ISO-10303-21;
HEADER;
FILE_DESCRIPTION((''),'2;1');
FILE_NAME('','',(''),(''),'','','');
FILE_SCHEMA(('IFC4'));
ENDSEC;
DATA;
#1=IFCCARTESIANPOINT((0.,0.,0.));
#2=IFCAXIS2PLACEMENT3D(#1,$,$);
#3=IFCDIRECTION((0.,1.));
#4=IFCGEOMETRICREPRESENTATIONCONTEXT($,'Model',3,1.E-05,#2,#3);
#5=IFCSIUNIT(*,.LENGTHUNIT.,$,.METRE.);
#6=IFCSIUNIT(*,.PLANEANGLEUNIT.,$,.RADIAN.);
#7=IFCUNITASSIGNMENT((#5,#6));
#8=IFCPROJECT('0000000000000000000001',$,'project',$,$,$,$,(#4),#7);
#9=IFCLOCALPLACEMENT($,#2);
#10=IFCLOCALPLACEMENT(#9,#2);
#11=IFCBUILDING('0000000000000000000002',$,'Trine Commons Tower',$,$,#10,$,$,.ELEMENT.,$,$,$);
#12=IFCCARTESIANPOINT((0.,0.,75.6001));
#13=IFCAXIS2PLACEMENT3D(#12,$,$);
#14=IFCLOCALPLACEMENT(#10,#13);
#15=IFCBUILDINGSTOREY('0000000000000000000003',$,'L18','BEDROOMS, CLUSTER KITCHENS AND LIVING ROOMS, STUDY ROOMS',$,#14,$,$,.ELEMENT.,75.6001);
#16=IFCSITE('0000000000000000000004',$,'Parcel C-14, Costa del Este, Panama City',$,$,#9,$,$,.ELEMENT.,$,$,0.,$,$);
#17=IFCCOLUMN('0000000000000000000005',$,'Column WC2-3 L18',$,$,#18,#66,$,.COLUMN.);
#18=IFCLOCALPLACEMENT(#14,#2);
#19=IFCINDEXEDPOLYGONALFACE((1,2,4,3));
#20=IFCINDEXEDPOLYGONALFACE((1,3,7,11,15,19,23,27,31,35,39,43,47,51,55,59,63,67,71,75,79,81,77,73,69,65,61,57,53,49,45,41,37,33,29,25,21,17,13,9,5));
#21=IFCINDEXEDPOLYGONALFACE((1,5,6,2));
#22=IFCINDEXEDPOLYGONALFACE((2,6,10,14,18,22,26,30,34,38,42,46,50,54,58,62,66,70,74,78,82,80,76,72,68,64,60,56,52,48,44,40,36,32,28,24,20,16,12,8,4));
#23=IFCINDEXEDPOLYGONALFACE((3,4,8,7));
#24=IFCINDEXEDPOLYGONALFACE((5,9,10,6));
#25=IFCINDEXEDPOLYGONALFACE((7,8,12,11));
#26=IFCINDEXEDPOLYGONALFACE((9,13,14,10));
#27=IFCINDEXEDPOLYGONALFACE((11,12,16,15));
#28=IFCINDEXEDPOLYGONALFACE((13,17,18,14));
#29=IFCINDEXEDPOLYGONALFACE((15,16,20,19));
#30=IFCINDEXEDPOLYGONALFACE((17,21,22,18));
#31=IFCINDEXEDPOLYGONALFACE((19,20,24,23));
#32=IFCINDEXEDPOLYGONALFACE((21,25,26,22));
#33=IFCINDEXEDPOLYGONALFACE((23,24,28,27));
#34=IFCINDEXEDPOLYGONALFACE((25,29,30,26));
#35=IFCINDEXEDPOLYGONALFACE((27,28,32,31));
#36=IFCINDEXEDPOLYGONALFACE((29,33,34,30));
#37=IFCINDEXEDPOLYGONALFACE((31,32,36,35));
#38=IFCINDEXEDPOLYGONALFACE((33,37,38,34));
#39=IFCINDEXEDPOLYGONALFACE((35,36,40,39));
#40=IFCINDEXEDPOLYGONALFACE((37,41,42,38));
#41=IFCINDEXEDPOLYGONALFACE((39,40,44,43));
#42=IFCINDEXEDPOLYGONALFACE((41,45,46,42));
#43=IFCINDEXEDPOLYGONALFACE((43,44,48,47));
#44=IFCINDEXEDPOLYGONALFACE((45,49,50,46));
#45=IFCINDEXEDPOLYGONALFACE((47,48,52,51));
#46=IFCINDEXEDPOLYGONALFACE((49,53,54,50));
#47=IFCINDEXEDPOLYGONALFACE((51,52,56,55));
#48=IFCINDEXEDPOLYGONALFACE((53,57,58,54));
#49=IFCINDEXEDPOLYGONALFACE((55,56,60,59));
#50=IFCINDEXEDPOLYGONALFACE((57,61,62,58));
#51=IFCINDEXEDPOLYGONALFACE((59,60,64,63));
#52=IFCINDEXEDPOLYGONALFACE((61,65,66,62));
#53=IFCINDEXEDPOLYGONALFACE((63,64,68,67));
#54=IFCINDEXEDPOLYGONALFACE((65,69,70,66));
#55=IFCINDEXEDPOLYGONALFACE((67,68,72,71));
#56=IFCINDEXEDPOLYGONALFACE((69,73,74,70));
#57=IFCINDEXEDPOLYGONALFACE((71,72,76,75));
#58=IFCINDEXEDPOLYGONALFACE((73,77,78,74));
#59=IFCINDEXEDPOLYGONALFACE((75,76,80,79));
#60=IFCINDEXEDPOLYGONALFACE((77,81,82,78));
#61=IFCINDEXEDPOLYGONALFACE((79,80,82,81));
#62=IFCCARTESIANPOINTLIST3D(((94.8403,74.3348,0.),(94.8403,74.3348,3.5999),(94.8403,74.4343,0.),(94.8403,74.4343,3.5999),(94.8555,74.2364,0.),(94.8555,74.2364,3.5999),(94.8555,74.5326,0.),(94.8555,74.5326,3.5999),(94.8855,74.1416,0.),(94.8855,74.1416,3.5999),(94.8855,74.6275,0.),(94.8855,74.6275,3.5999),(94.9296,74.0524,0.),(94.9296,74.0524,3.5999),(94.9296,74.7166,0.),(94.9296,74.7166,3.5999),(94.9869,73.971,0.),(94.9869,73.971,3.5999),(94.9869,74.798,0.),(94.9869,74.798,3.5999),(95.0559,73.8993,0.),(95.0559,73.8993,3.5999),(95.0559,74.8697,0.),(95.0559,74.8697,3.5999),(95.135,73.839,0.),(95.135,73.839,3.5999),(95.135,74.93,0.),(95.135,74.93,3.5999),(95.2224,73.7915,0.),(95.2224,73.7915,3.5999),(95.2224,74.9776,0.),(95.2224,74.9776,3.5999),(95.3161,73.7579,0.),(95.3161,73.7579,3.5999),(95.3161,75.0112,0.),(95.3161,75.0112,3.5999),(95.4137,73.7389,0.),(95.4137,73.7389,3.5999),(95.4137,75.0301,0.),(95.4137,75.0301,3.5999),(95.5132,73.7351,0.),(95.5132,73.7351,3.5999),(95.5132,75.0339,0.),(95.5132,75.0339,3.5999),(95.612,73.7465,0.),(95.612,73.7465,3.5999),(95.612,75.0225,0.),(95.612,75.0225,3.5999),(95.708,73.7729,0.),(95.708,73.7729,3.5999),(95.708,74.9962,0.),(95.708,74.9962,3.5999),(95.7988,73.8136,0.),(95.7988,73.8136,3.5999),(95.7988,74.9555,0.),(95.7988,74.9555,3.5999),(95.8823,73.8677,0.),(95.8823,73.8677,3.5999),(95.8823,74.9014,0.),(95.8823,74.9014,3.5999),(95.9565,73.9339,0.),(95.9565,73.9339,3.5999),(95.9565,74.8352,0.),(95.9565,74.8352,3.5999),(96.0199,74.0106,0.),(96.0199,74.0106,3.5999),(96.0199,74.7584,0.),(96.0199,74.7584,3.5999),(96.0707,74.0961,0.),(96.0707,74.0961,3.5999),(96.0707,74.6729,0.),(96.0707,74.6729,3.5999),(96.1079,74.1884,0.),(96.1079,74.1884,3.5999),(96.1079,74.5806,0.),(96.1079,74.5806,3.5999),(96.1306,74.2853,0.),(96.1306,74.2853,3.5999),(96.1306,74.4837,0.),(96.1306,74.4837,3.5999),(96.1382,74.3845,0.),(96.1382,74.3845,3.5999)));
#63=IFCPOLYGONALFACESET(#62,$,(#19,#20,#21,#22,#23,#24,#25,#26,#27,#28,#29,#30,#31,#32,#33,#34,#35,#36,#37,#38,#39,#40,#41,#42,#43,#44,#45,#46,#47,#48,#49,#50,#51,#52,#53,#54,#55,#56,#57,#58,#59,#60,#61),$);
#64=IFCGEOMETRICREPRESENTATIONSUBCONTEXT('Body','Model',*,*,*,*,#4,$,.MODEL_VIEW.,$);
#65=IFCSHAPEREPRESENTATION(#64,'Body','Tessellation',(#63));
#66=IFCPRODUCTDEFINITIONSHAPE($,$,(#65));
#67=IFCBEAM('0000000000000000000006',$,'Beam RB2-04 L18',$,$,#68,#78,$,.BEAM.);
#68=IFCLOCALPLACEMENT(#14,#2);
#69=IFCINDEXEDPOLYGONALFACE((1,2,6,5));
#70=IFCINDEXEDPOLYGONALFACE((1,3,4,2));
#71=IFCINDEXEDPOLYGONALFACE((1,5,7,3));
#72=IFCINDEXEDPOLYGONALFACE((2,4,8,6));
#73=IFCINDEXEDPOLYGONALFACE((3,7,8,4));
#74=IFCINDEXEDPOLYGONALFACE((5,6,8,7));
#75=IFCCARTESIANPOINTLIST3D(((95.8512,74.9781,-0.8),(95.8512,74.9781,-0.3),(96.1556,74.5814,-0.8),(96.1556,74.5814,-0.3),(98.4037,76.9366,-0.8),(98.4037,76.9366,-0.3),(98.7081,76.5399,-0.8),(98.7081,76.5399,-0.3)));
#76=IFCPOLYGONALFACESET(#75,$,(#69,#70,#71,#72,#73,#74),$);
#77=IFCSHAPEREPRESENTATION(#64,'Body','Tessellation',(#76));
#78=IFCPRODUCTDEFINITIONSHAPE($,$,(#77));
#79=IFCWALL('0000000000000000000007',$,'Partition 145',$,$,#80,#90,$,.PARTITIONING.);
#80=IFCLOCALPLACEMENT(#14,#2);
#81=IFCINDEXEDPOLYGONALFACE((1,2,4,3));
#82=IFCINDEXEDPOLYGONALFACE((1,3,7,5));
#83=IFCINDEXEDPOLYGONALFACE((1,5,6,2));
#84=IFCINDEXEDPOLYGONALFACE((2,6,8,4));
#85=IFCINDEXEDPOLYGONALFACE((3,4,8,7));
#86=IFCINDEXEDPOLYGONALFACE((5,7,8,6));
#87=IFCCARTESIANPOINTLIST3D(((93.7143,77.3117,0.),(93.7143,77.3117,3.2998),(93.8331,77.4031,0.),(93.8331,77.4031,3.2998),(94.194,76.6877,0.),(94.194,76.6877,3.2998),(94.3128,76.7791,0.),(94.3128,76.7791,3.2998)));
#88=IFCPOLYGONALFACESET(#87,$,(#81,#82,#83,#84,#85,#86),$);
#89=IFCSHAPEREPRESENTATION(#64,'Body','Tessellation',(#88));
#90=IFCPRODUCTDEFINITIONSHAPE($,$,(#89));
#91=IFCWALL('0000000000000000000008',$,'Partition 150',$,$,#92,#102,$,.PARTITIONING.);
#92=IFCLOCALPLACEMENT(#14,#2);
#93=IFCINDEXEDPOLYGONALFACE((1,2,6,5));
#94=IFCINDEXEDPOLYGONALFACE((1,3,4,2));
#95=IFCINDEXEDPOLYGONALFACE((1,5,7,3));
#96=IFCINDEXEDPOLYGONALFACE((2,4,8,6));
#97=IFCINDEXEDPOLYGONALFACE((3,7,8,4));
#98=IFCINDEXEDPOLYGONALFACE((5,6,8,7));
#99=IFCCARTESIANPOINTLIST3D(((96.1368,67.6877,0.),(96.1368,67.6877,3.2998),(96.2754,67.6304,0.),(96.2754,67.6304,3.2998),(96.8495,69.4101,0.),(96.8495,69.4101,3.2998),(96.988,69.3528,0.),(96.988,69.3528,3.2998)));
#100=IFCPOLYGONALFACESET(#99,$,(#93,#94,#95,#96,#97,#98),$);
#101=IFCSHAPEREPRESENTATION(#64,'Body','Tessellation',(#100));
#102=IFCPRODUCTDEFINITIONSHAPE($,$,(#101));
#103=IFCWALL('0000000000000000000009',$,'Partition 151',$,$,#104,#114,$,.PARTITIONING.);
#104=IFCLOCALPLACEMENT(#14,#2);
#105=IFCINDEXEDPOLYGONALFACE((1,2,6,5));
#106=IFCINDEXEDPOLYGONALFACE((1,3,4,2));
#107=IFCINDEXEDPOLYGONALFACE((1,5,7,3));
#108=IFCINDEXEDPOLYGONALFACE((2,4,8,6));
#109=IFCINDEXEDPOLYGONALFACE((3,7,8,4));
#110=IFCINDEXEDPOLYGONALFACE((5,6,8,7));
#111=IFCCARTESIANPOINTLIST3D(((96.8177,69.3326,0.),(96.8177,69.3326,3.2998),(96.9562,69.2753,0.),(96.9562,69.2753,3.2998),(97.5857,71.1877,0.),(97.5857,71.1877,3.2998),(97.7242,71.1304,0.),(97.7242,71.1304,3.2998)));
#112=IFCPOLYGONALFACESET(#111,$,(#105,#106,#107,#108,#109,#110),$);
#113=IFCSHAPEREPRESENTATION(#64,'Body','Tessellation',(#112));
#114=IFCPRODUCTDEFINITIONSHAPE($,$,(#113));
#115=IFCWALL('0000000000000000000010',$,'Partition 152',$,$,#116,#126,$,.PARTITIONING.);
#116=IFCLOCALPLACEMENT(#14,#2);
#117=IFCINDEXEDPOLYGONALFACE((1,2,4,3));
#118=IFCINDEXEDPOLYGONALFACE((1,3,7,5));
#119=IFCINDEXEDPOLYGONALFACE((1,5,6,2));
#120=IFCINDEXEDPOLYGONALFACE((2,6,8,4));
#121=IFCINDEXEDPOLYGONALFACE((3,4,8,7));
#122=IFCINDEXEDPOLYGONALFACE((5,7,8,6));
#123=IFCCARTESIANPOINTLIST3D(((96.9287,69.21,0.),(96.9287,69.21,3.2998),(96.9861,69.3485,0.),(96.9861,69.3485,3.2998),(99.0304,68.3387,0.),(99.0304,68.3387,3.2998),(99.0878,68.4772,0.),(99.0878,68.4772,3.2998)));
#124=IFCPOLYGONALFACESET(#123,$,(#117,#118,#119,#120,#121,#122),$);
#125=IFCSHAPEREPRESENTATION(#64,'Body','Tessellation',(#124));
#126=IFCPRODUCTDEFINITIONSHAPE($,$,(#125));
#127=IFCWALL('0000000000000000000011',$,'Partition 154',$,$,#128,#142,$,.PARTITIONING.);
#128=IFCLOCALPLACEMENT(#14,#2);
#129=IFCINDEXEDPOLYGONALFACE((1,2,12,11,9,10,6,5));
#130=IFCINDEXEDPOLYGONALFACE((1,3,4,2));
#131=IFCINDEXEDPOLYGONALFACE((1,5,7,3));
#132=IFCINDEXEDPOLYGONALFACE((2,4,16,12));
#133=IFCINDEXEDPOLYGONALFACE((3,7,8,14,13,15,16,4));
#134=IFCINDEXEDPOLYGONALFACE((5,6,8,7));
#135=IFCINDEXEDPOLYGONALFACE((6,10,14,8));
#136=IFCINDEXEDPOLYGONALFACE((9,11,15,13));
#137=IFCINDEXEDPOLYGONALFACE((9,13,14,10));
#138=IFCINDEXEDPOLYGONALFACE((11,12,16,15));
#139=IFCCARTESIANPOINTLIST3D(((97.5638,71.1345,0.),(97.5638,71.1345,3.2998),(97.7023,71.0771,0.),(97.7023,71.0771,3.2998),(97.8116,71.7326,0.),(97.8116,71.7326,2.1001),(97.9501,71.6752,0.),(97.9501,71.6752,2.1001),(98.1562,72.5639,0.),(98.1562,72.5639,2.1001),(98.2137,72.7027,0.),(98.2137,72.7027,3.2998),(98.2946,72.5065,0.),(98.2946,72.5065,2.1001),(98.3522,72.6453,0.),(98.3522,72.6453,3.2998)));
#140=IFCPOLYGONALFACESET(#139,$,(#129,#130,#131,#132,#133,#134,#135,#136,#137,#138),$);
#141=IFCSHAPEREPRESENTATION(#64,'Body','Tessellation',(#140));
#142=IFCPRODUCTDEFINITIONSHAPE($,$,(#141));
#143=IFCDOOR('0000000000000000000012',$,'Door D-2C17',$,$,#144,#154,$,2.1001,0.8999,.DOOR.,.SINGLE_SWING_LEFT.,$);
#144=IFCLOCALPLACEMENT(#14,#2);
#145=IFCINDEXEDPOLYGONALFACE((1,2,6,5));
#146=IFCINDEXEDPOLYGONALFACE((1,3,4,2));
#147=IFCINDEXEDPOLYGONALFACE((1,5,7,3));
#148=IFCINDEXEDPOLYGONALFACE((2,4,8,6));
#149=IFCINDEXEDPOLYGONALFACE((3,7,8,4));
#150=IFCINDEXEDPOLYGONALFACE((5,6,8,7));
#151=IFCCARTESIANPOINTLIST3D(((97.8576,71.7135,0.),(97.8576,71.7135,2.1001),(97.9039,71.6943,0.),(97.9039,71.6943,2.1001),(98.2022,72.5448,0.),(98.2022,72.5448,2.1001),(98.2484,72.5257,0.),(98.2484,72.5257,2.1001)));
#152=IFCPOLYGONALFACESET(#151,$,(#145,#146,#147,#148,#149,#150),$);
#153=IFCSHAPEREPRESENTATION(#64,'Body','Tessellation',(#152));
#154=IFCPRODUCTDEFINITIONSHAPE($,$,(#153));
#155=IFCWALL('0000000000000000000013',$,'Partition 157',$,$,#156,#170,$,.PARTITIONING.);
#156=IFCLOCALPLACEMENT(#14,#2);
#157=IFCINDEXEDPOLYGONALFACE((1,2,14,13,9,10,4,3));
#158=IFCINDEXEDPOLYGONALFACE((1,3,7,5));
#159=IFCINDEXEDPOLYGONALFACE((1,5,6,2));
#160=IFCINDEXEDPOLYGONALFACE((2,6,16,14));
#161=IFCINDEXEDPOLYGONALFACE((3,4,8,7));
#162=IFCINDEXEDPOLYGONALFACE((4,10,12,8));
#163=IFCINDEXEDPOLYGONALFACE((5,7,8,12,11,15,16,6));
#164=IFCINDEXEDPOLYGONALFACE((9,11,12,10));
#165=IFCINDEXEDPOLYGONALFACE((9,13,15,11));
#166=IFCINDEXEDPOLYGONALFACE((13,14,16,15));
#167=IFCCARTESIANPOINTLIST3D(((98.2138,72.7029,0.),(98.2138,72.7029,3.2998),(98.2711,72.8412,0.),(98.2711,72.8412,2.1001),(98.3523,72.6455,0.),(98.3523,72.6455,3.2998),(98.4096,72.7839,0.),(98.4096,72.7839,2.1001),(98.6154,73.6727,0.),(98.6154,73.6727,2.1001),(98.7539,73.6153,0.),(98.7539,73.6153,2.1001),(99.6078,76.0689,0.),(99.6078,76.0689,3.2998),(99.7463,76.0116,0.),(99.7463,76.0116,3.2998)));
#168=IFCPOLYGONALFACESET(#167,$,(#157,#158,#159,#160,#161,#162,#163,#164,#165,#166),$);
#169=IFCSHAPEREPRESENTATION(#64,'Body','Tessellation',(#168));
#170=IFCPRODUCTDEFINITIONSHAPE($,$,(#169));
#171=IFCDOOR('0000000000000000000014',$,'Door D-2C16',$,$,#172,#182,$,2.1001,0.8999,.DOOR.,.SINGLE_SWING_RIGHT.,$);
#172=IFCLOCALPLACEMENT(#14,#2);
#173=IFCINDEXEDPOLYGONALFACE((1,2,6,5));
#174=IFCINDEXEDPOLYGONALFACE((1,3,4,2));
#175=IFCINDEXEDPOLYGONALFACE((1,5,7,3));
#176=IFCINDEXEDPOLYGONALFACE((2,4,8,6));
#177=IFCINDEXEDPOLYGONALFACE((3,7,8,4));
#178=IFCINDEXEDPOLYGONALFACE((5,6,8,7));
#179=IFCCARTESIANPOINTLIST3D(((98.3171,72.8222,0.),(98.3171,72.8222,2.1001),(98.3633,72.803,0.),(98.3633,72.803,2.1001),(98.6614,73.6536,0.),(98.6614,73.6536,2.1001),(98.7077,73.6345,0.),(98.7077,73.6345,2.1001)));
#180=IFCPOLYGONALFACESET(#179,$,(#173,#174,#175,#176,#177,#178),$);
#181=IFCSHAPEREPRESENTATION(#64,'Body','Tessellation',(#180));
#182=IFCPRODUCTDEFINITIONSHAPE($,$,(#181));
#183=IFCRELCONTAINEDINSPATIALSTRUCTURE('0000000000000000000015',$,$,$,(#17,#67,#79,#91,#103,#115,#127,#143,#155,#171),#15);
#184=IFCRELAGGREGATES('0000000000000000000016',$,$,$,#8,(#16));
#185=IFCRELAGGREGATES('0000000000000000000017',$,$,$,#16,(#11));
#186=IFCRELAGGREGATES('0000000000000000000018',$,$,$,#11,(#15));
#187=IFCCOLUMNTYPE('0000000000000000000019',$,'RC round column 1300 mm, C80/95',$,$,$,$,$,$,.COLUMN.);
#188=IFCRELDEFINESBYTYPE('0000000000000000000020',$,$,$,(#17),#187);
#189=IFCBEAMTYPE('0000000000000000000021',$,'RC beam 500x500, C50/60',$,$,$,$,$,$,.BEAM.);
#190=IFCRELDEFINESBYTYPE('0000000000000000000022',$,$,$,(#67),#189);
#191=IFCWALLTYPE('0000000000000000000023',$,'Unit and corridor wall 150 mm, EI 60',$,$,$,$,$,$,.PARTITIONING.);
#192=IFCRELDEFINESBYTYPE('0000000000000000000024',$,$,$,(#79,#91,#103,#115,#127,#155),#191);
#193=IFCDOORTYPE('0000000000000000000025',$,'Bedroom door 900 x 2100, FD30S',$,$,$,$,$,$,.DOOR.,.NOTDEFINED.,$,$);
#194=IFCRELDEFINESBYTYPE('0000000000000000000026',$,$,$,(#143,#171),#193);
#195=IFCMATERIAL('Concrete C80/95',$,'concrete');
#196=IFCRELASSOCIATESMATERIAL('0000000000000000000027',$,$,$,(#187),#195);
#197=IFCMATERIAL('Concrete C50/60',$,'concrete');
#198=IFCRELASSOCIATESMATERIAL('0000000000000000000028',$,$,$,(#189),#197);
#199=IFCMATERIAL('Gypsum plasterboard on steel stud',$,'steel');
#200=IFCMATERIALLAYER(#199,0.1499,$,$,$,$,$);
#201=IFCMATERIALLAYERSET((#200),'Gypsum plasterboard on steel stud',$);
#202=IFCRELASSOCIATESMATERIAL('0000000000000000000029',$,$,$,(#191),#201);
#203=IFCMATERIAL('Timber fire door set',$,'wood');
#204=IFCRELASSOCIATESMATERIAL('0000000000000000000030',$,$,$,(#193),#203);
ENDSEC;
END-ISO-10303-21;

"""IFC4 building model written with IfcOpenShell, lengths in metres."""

from ifc_helpers import new_model, si_unit, direction, frame, frame_2d, origin, origin_2d, place, context, subcontext, project, spatial, rectangle, circle, extrude, material, layer, layer_set, material_profile, profile_set, type_object, element, fill, save


model = new_model("IFC4")

# Units and contexts
model_context = context("Model", 3, precision=1e-05, world=origin(), true_north=direction((0.0, 1.0)))
body_context = subcontext(model_context, "Body", "Model", "MODEL_VIEW")
ifc_project = project(units=[si_unit("LENGTHUNIT", "METRE"), si_unit("PLANEANGLEUNIT", "RADIAN")], contexts=[model_context])

# Site, building, storey
site_placement = place(None, origin())
site = spatial("IfcSite", under=ifc_project, at=site_placement, Name="Parcel C-14, Costa del Este, Panama City", CompositionType="ELEMENT", RefElevation=0.0)
building_placement = place(site_placement, origin())
building = spatial("IfcBuilding", under=site, at=building_placement, Name="Trine Commons Tower", CompositionType="ELEMENT")
storey_placement = place(building_placement, frame((0.0, 0.0, 75.6001)))
storey = spatial("IfcBuildingStorey", under=building, at=storey_placement, Name="L18", Description="BEDROOMS, CLUSTER KITCHENS AND LIVING ROOMS, STUDY ROOMS", CompositionType="ELEMENT", Elevation=75.6001)

# Column
ifc_material_1 = material(Name="Concrete C80/95", Category="concrete")
ifc_material_profile_1 = material_profile(ifc_material_1, circle(Radius=0.6499, at=origin_2d()), Name="RC round 1300")
ifc_profile_set_1 = profile_set([ifc_material_profile_1], Name="Concrete C80/95")
column_type = type_object("IfcColumnType", Name="RC round column 1300 mm, C80/95", PredefinedType="COLUMN", material=ifc_profile_set_1)
column_placement = place(storey_placement, frame((95.4883, 74.3845, 0.0), z_axis=(0.0, 0.0, 1.0), x_axis=(1.0, 0.0, 0.0)))
element("IfcColumn", 1, at=column_placement, inside=storey, type_object=column_type, Name="Column WC2-3 L18", PredefinedType="COLUMN", context=body_context, shape_type="SweptSolid", body=[
    extrude(circle(Radius=0.6499, at=origin_2d()), origin(), (0.0, 0.0, 1.0), 3.5999),
])

# Beam
ifc_material_2 = material(Name="Concrete C50/60", Category="concrete")
ifc_material_profile_2 = material_profile(ifc_material_2, rectangle(XDim=0.5, YDim=0.5, at=origin_2d()), Name="RC 500x500")
ifc_profile_set_2 = profile_set([ifc_material_profile_2], Name="Concrete C50/60")
beam_type = type_object("IfcBeamType", Name="RC beam 500x500, C50/60", PredefinedType="BEAM", material=ifc_profile_set_2)
beam_placement = place(storey_placement, frame((96.0034, 74.7798, -0.55), z_axis=(0.793368, 0.608742, 0.0), x_axis=(-0.608742, 0.793368, 0.0)))
element("IfcBeam", 2, at=beam_placement, inside=storey, type_object=beam_type, Name="Beam RB2-04 L18", PredefinedType="BEAM", context=body_context, shape_type="SweptSolid", body=[
    extrude(rectangle(XDim=0.5, YDim=0.5, at=origin_2d()), origin(), (0.0, 0.0, 1.0), 3.2173),
])

# Walls
ifc_material_3 = material(Name="Gypsum plasterboard on steel stud", Category="steel")
ifc_layer_1 = layer(ifc_material_3, 0.1499)
ifc_layer_set_1 = layer_set([ifc_layer_1], Name="Gypsum plasterboard on steel stud")
wall_type_1 = type_object("IfcWallType", Name="Unit and corridor wall 150 mm, EI 60", PredefinedType="PARTITIONING", material=ifc_layer_set_1)
wall_1_placement = place(storey_placement, frame((93.7737, 77.3574, 0.0), z_axis=(0.0, 0.0, 1.0), x_axis=(0.609486, -0.792797, 0.0)))
element("IfcWall", 3, at=wall_1_placement, inside=storey, type_object=wall_type_1, Name="Partition 145", PredefinedType="PARTITIONING", context=body_context, shape_type="SweptSolid", body=[
    extrude(rectangle(XDim=0.7871, YDim=0.1499, at=frame_2d((0.3936, 0.0))), origin(), (0.0, 0.0, 1.0), 3.2998),
])
wall_2_placement = place(storey_placement, frame((96.2061, 67.6589, 0.0), z_axis=(0.0, 0.0, 1.0), x_axis=(0.382317, 0.924031, 0.0)))
element("IfcWall", 4, at=wall_2_placement, inside=storey, type_object=wall_type_1, Name="Partition 150", PredefinedType="PARTITIONING", context=body_context, shape_type="SweptSolid", body=[
    extrude(rectangle(XDim=1.864, YDim=0.1499, at=frame_2d((0.9321, 0.0))), origin(), (0.0, 0.0, 1.0), 3.2998),
])
wall_3_placement = place(storey_placement, frame((96.887, 69.304, 0.0), z_axis=(0.0, 0.0, 1.0), x_axis=(0.382516, 0.923949, 0.0)))
element("IfcWall", 5, at=wall_3_placement, inside=storey, type_object=wall_type_1, Name="Partition 151", PredefinedType="PARTITIONING", context=body_context, shape_type="SweptSolid", body=[
    extrude(rectangle(XDim=2.0078, YDim=0.1499, at=frame_2d((1.0039, 0.0))), origin(), (0.0, 0.0, 1.0), 3.2998),
])
wall_4_placement = place(storey_placement, frame((96.9573, 69.2793, 0.0), z_axis=(0.0, 0.0, 1.0), x_axis=(0.923764, -0.382961, 0.0)))
element("IfcWall", 6, at=wall_4_placement, inside=storey, type_object=wall_type_1, Name="Partition 152", PredefinedType="PARTITIONING", context=body_context, shape_type="SweptSolid", body=[
    extrude(rectangle(XDim=2.2751, YDim=0.1499, at=frame_2d((1.1377, 0.0))), origin(), (0.0, 0.0, 1.0), 3.2998),
])

# Walls, openings, doors
wall_5_placement = place(storey_placement, frame((97.6331, 71.106, 0.0), z_axis=(0.0, 0.0, 1.0), x_axis=(0.382868, 0.923803, 0.0)))
wall_5 = element("IfcWall", 7, at=wall_5_placement, inside=storey, type_object=wall_type_1, Name="Partition 154", PredefinedType="PARTITIONING", context=body_context, shape_type="SweptSolid", body=[
    extrude(rectangle(XDim=1.6975, YDim=0.1499, at=frame_2d((0.8486, 0.0))), origin(), (0.0, 0.0, 1.0), 3.2998),
])
opening_1_placement = place(wall_5_placement, frame((0.6472, 0.0, 0.0)))
opening_1 = element("IfcOpeningElement", 8, at=opening_1_placement, cuts=wall_5, PredefinedType="OPENING", context=body_context, shape_type="SweptSolid", body=[
    extrude(rectangle(XDim=0.8999, YDim=2.1001, at=frame_2d((0.45, 1.05))), frame((0.0, 0.085, 0.0), z_axis=(0.0, -1.0, 0.0), x_axis=(1.0, 0.0, 0.0)), (0.0, 0.0, 1.0), 0.1699),
])
ifc_material_4 = material(Name="Timber fire door set", Category="wood")
door_type_1 = type_object("IfcDoorType", Name="Bedroom door 900 x 2100, FD30S", OperationType="NOTDEFINED", PredefinedType="DOOR", material=ifc_material_4)
door_1_placement = place(opening_1_placement, frame((0.8999, 0.0, 0.0), z_axis=(0.0, 0.0, 1.0), x_axis=(-1.0, 0.0, 0.0)))
door_1 = element("IfcDoor", 9, at=door_1_placement, inside=storey, type_object=door_type_1, Name="Door D-2C17", OperationType="SINGLE_SWING_LEFT", OverallHeight=2.1001, OverallWidth=0.8999, PredefinedType="DOOR", context=body_context, shape_type="SweptSolid", body=[
    extrude(rectangle(XDim=0.8999, YDim=2.1001, at=frame_2d((0.45, 1.05))), frame((0.0, 0.0249, 0.0), z_axis=(0.0, -1.0, 0.0), x_axis=(1.0, 0.0, 0.0)), (0.0, 0.0, 1.0), 0.05),
])
fill(opening_1, door_1)
wall_6_placement = place(storey_placement, frame((98.283, 72.6741, 0.0), z_axis=(0.0, 0.0, 1.0), x_axis=(0.38264, 0.923898, 0.0)))
wall_6 = element("IfcWall", 10, at=wall_6_placement, inside=storey, type_object=wall_type_1, Name="Partition 157", PredefinedType="PARTITIONING", context=body_context, shape_type="SweptSolid", body=[
    extrude(rectangle(XDim=3.6433, YDim=0.1499, at=frame_2d((1.8218, 0.0))), origin(), (0.0, 0.0, 1.0), 3.2998),
])
opening_2_placement = place(wall_6_placement, frame((0.1499, 0.0, 0.0)))
opening_2 = element("IfcOpeningElement", 11, at=opening_2_placement, cuts=wall_6, PredefinedType="OPENING", context=body_context, shape_type="SweptSolid", body=[
    extrude(rectangle(XDim=0.8999, YDim=2.1001, at=frame_2d((0.45, 1.05))), frame((0.0, 0.085, 0.0), z_axis=(0.0, -1.0, 0.0), x_axis=(1.0, 0.0, 0.0)), (0.0, 0.0, 1.0), 0.1699),
])
door_2_placement = place(opening_2_placement, frame((0.8999, 0.0, 0.0), z_axis=(0.0, 0.0, 1.0), x_axis=(-1.0, 0.0, 0.0)))
door_2 = element("IfcDoor", 12, at=door_2_placement, inside=storey, type_object=door_type_1, Name="Door D-2C16", OperationType="SINGLE_SWING_RIGHT", OverallHeight=2.1001, OverallWidth=0.8999, PredefinedType="DOOR", context=body_context, shape_type="SweptSolid", body=[
    extrude(rectangle(XDim=0.8999, YDim=2.1001, at=frame_2d((0.45, 1.05))), frame((0.0, 0.0249, 0.0), z_axis=(0.0, -1.0, 0.0), x_axis=(1.0, 0.0, 0.0)), (0.0, 0.0, 1.0), 0.05),
])
fill(opening_2, door_2)

save(model, "model.ifc")
